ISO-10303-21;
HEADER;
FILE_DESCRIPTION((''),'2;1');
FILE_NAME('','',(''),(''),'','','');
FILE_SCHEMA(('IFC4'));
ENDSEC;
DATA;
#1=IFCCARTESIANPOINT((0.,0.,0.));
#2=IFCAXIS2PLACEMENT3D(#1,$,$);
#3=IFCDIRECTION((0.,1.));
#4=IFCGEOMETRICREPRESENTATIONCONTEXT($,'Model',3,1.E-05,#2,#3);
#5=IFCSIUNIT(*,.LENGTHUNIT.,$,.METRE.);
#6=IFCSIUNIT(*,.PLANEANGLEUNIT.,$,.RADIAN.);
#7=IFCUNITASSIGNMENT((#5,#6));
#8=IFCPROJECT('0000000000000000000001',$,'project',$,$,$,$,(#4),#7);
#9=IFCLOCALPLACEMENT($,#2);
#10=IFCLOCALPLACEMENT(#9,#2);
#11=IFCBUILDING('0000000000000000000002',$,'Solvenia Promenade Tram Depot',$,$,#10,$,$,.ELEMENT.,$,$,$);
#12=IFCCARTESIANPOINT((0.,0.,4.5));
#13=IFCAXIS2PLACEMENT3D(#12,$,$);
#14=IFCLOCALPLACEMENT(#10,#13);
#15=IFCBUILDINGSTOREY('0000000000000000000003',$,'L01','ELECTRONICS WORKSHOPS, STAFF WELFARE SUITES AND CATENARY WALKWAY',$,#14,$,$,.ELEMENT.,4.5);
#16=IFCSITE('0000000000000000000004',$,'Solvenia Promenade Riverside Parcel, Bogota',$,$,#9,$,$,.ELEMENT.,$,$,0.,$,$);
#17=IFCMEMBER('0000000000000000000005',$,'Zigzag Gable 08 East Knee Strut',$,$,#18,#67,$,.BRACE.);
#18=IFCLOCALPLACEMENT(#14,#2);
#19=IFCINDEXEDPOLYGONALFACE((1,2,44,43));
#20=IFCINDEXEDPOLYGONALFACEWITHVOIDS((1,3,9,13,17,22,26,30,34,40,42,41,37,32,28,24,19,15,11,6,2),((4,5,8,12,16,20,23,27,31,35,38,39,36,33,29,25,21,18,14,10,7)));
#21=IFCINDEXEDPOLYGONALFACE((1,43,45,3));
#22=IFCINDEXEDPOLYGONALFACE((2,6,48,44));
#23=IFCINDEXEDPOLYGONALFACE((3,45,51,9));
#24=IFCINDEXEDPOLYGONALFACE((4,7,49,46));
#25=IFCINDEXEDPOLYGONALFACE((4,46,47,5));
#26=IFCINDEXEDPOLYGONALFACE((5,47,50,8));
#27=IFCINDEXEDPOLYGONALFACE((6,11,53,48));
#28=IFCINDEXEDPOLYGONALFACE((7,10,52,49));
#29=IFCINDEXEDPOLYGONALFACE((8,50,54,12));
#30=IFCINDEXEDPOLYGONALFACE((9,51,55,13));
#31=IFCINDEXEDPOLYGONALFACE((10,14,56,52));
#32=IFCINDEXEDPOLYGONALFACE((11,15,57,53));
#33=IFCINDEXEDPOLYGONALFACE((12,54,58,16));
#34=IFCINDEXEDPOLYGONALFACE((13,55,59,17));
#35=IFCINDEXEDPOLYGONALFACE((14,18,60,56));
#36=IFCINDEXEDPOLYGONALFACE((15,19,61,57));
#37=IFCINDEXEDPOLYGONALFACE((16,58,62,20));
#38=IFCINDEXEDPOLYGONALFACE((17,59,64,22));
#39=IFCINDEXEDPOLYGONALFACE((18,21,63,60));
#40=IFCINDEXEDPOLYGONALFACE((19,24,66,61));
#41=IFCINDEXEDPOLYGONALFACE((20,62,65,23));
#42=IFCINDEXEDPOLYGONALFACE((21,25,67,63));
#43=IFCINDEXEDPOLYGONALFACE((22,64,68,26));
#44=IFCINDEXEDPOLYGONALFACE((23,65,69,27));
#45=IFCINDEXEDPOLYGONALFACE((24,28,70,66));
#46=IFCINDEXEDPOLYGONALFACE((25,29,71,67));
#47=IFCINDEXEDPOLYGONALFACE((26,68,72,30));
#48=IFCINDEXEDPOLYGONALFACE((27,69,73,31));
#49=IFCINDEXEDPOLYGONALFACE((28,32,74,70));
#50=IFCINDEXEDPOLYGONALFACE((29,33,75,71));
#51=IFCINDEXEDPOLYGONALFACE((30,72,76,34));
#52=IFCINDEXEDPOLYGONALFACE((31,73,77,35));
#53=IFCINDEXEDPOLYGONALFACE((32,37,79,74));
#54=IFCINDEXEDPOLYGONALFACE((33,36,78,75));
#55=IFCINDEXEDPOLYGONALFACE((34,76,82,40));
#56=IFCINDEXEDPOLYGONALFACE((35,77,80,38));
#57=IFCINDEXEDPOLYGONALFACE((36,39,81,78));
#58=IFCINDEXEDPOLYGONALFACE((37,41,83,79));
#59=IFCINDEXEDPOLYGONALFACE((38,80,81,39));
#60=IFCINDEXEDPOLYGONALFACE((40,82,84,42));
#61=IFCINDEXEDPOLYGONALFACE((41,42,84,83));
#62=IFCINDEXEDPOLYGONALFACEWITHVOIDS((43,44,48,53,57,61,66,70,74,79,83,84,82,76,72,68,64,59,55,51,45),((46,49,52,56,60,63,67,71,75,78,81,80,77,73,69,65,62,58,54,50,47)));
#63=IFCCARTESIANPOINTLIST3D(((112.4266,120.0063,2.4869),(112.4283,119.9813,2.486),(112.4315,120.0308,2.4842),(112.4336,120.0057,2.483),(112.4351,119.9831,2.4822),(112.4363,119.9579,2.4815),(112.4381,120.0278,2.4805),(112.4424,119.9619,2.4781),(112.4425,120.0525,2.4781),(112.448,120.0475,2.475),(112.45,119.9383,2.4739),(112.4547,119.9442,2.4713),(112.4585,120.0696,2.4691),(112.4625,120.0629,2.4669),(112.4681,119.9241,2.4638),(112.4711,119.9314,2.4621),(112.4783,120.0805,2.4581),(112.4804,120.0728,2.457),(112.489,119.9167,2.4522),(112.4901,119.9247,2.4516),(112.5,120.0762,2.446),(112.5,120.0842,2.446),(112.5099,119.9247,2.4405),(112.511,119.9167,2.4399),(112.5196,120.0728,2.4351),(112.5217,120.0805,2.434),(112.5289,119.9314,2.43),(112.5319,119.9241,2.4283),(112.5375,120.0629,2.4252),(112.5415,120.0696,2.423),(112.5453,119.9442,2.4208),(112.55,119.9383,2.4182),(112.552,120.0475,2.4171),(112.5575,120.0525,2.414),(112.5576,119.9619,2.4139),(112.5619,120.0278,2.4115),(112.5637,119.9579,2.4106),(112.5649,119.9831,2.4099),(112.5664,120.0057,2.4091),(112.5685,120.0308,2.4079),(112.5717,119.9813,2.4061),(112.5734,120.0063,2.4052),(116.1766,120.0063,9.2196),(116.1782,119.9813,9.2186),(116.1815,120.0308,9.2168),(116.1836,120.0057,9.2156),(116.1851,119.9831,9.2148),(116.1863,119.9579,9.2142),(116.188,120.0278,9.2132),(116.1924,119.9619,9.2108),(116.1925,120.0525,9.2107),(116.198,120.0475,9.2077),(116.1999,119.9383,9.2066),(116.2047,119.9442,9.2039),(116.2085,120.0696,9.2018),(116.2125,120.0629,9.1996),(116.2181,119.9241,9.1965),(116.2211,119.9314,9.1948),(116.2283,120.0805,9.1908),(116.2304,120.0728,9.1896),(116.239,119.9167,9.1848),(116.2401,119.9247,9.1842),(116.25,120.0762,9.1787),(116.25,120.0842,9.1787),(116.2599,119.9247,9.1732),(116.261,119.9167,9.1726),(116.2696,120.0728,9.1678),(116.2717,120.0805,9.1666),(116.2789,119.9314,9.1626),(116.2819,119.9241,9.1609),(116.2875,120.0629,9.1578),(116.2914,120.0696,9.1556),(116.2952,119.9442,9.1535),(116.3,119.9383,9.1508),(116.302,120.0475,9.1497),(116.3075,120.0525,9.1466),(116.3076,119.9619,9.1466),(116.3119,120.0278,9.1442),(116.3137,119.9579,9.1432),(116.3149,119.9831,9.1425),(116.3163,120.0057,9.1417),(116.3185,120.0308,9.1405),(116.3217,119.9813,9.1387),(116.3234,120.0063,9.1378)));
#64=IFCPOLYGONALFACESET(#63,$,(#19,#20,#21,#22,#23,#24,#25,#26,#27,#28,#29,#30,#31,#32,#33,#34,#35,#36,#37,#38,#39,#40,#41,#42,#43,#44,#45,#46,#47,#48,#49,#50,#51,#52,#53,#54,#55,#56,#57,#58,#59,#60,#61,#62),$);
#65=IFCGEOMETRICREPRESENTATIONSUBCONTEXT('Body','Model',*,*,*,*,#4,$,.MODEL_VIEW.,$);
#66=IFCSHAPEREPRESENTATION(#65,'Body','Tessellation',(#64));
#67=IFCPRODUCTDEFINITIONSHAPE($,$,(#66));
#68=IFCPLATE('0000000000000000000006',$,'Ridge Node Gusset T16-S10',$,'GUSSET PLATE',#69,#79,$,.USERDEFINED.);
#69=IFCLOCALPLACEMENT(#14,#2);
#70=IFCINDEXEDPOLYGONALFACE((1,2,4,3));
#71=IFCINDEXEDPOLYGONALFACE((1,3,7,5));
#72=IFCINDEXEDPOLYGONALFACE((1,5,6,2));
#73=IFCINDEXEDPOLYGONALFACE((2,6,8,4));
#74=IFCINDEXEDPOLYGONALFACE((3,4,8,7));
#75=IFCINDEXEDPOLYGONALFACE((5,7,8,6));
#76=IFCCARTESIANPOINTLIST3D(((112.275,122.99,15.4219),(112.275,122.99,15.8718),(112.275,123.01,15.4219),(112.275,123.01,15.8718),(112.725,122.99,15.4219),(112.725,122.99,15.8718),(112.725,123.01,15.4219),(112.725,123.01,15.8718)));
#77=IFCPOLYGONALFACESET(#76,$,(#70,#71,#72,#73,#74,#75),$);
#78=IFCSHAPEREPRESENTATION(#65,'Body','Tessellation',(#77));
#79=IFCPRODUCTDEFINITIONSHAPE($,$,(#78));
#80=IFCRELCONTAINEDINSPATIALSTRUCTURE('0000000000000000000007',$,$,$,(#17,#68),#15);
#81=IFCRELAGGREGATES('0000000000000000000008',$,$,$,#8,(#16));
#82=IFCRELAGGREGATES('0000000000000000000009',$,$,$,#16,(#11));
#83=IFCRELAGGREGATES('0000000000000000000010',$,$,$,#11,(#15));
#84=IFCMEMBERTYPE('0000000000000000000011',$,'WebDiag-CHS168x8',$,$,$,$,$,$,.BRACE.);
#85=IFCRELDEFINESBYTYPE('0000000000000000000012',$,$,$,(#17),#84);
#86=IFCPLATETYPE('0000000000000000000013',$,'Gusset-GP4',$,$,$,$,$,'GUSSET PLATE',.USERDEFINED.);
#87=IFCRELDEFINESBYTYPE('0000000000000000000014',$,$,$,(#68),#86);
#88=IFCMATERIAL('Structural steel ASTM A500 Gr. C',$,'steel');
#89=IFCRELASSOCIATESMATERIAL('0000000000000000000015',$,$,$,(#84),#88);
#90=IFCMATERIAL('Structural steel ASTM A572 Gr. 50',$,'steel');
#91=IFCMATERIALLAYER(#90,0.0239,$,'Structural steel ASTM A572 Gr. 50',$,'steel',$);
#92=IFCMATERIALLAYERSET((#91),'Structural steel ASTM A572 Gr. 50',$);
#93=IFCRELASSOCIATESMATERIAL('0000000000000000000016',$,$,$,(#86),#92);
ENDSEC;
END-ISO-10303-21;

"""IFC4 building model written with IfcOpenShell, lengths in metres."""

from ifc_helpers import new_model, si_unit, direction, frame, origin, origin_2d, place, context, subcontext, project, spatial, rectangle, hollow_circle, extrude, material, layer, layer_set, material_profile, profile_set, type_object, element, save


model = new_model("IFC4")

# Units and contexts
model_context = context("Model", 3, precision=1e-05, world=origin(), true_north=direction((0.0, 1.0)))
body_context = subcontext(model_context, "Body", "Model", "MODEL_VIEW")
ifc_project = project(units=[si_unit("LENGTHUNIT", "METRE"), si_unit("PLANEANGLEUNIT", "RADIAN")], contexts=[model_context])

# Site, building, storey
site_placement = place(None, origin())
site = spatial("IfcSite", under=ifc_project, at=site_placement, Name="Solvenia Promenade Riverside Parcel, Bogota", CompositionType="ELEMENT", RefElevation=0.0)
building_placement = place(site_placement, origin())
building = spatial("IfcBuilding", under=site, at=building_placement, Name="Solvenia Promenade Tram Depot", CompositionType="ELEMENT")
storey_placement = place(building_placement, frame((0.0, 0.0, 4.5)))
storey = spatial("IfcBuildingStorey", under=building, at=storey_placement, Name="L01", Description="ELECTRONICS WORKSHOPS, STAFF WELFARE SUITES AND CATENARY WALKWAY", CompositionType="ELEMENT", Elevation=4.5)

# Shared definitions
ifc_material_1 = material(Name="Structural steel ASTM A500 Gr. C", Category="steel")

# Member
ifc_material_profile_1 = material_profile(ifc_material_1, hollow_circle(Radius=0.0842, WallThickness=0.0081, at=origin_2d()), Name="CHS168.3x8", Category="steel")
ifc_profile_set_1 = profile_set([ifc_material_profile_1], Name="Structural steel ASTM A500 Gr. C")
member_type_1 = type_object("IfcMemberType", Name="WebDiag-CHS168x8", PredefinedType="BRACE", material=ifc_profile_set_1)
for number, where, z_axis, x_axis, name in (
    (1, (112.5, 120.0, 2.446), (0.486598, 0.0, 0.873626), (0.0, 1.0, 0.0), "Zigzag Gable 08 East Knee Strut"),
):
    element("IfcMember", number, at=place(storey_placement, frame(where, z_axis=z_axis, x_axis=x_axis)), inside=storey, type_object=member_type_1, Name=name, PredefinedType="BRACE", context=body_context, shape_type="SweptSolid", body=[
        extrude(hollow_circle(Radius=0.0842, WallThickness=0.0081, at=origin_2d()), origin(), (0.0, 0.0, 1.0), 7.7065),
    ])

# Plate
ifc_material_2 = material(Name="Structural steel ASTM A572 Gr. 50", Category="steel")
ifc_layer_1 = layer(ifc_material_2, 0.0239, Name="Structural steel ASTM A572 Gr. 50", Category="steel")
ifc_layer_set_1 = layer_set([ifc_layer_1], Name="Structural steel ASTM A572 Gr. 50")
plate_type = type_object("IfcPlateType", Name="Gusset-GP4", ElementType="GUSSET PLATE", PredefinedType="USERDEFINED", material=ifc_layer_set_1)
plate_placement = place(storey_placement, frame((112.5, 123.0, 15.4219), z_axis=(0.0, 0.0, 1.0), x_axis=(1.0, 0.0, 0.0)))
element("IfcPlate", 2, at=plate_placement, inside=storey, type_object=plate_type, Name="Ridge Node Gusset T16-S10", ObjectType="GUSSET PLATE", PredefinedType="USERDEFINED", context=body_context, shape_type="SweptSolid", body=[
    extrude(rectangle(XDim=0.45, YDim=0.02, at=origin_2d()), origin(), (0.0, 0.0, 1.0), 0.45),
])

save(model, "model.ifc")
